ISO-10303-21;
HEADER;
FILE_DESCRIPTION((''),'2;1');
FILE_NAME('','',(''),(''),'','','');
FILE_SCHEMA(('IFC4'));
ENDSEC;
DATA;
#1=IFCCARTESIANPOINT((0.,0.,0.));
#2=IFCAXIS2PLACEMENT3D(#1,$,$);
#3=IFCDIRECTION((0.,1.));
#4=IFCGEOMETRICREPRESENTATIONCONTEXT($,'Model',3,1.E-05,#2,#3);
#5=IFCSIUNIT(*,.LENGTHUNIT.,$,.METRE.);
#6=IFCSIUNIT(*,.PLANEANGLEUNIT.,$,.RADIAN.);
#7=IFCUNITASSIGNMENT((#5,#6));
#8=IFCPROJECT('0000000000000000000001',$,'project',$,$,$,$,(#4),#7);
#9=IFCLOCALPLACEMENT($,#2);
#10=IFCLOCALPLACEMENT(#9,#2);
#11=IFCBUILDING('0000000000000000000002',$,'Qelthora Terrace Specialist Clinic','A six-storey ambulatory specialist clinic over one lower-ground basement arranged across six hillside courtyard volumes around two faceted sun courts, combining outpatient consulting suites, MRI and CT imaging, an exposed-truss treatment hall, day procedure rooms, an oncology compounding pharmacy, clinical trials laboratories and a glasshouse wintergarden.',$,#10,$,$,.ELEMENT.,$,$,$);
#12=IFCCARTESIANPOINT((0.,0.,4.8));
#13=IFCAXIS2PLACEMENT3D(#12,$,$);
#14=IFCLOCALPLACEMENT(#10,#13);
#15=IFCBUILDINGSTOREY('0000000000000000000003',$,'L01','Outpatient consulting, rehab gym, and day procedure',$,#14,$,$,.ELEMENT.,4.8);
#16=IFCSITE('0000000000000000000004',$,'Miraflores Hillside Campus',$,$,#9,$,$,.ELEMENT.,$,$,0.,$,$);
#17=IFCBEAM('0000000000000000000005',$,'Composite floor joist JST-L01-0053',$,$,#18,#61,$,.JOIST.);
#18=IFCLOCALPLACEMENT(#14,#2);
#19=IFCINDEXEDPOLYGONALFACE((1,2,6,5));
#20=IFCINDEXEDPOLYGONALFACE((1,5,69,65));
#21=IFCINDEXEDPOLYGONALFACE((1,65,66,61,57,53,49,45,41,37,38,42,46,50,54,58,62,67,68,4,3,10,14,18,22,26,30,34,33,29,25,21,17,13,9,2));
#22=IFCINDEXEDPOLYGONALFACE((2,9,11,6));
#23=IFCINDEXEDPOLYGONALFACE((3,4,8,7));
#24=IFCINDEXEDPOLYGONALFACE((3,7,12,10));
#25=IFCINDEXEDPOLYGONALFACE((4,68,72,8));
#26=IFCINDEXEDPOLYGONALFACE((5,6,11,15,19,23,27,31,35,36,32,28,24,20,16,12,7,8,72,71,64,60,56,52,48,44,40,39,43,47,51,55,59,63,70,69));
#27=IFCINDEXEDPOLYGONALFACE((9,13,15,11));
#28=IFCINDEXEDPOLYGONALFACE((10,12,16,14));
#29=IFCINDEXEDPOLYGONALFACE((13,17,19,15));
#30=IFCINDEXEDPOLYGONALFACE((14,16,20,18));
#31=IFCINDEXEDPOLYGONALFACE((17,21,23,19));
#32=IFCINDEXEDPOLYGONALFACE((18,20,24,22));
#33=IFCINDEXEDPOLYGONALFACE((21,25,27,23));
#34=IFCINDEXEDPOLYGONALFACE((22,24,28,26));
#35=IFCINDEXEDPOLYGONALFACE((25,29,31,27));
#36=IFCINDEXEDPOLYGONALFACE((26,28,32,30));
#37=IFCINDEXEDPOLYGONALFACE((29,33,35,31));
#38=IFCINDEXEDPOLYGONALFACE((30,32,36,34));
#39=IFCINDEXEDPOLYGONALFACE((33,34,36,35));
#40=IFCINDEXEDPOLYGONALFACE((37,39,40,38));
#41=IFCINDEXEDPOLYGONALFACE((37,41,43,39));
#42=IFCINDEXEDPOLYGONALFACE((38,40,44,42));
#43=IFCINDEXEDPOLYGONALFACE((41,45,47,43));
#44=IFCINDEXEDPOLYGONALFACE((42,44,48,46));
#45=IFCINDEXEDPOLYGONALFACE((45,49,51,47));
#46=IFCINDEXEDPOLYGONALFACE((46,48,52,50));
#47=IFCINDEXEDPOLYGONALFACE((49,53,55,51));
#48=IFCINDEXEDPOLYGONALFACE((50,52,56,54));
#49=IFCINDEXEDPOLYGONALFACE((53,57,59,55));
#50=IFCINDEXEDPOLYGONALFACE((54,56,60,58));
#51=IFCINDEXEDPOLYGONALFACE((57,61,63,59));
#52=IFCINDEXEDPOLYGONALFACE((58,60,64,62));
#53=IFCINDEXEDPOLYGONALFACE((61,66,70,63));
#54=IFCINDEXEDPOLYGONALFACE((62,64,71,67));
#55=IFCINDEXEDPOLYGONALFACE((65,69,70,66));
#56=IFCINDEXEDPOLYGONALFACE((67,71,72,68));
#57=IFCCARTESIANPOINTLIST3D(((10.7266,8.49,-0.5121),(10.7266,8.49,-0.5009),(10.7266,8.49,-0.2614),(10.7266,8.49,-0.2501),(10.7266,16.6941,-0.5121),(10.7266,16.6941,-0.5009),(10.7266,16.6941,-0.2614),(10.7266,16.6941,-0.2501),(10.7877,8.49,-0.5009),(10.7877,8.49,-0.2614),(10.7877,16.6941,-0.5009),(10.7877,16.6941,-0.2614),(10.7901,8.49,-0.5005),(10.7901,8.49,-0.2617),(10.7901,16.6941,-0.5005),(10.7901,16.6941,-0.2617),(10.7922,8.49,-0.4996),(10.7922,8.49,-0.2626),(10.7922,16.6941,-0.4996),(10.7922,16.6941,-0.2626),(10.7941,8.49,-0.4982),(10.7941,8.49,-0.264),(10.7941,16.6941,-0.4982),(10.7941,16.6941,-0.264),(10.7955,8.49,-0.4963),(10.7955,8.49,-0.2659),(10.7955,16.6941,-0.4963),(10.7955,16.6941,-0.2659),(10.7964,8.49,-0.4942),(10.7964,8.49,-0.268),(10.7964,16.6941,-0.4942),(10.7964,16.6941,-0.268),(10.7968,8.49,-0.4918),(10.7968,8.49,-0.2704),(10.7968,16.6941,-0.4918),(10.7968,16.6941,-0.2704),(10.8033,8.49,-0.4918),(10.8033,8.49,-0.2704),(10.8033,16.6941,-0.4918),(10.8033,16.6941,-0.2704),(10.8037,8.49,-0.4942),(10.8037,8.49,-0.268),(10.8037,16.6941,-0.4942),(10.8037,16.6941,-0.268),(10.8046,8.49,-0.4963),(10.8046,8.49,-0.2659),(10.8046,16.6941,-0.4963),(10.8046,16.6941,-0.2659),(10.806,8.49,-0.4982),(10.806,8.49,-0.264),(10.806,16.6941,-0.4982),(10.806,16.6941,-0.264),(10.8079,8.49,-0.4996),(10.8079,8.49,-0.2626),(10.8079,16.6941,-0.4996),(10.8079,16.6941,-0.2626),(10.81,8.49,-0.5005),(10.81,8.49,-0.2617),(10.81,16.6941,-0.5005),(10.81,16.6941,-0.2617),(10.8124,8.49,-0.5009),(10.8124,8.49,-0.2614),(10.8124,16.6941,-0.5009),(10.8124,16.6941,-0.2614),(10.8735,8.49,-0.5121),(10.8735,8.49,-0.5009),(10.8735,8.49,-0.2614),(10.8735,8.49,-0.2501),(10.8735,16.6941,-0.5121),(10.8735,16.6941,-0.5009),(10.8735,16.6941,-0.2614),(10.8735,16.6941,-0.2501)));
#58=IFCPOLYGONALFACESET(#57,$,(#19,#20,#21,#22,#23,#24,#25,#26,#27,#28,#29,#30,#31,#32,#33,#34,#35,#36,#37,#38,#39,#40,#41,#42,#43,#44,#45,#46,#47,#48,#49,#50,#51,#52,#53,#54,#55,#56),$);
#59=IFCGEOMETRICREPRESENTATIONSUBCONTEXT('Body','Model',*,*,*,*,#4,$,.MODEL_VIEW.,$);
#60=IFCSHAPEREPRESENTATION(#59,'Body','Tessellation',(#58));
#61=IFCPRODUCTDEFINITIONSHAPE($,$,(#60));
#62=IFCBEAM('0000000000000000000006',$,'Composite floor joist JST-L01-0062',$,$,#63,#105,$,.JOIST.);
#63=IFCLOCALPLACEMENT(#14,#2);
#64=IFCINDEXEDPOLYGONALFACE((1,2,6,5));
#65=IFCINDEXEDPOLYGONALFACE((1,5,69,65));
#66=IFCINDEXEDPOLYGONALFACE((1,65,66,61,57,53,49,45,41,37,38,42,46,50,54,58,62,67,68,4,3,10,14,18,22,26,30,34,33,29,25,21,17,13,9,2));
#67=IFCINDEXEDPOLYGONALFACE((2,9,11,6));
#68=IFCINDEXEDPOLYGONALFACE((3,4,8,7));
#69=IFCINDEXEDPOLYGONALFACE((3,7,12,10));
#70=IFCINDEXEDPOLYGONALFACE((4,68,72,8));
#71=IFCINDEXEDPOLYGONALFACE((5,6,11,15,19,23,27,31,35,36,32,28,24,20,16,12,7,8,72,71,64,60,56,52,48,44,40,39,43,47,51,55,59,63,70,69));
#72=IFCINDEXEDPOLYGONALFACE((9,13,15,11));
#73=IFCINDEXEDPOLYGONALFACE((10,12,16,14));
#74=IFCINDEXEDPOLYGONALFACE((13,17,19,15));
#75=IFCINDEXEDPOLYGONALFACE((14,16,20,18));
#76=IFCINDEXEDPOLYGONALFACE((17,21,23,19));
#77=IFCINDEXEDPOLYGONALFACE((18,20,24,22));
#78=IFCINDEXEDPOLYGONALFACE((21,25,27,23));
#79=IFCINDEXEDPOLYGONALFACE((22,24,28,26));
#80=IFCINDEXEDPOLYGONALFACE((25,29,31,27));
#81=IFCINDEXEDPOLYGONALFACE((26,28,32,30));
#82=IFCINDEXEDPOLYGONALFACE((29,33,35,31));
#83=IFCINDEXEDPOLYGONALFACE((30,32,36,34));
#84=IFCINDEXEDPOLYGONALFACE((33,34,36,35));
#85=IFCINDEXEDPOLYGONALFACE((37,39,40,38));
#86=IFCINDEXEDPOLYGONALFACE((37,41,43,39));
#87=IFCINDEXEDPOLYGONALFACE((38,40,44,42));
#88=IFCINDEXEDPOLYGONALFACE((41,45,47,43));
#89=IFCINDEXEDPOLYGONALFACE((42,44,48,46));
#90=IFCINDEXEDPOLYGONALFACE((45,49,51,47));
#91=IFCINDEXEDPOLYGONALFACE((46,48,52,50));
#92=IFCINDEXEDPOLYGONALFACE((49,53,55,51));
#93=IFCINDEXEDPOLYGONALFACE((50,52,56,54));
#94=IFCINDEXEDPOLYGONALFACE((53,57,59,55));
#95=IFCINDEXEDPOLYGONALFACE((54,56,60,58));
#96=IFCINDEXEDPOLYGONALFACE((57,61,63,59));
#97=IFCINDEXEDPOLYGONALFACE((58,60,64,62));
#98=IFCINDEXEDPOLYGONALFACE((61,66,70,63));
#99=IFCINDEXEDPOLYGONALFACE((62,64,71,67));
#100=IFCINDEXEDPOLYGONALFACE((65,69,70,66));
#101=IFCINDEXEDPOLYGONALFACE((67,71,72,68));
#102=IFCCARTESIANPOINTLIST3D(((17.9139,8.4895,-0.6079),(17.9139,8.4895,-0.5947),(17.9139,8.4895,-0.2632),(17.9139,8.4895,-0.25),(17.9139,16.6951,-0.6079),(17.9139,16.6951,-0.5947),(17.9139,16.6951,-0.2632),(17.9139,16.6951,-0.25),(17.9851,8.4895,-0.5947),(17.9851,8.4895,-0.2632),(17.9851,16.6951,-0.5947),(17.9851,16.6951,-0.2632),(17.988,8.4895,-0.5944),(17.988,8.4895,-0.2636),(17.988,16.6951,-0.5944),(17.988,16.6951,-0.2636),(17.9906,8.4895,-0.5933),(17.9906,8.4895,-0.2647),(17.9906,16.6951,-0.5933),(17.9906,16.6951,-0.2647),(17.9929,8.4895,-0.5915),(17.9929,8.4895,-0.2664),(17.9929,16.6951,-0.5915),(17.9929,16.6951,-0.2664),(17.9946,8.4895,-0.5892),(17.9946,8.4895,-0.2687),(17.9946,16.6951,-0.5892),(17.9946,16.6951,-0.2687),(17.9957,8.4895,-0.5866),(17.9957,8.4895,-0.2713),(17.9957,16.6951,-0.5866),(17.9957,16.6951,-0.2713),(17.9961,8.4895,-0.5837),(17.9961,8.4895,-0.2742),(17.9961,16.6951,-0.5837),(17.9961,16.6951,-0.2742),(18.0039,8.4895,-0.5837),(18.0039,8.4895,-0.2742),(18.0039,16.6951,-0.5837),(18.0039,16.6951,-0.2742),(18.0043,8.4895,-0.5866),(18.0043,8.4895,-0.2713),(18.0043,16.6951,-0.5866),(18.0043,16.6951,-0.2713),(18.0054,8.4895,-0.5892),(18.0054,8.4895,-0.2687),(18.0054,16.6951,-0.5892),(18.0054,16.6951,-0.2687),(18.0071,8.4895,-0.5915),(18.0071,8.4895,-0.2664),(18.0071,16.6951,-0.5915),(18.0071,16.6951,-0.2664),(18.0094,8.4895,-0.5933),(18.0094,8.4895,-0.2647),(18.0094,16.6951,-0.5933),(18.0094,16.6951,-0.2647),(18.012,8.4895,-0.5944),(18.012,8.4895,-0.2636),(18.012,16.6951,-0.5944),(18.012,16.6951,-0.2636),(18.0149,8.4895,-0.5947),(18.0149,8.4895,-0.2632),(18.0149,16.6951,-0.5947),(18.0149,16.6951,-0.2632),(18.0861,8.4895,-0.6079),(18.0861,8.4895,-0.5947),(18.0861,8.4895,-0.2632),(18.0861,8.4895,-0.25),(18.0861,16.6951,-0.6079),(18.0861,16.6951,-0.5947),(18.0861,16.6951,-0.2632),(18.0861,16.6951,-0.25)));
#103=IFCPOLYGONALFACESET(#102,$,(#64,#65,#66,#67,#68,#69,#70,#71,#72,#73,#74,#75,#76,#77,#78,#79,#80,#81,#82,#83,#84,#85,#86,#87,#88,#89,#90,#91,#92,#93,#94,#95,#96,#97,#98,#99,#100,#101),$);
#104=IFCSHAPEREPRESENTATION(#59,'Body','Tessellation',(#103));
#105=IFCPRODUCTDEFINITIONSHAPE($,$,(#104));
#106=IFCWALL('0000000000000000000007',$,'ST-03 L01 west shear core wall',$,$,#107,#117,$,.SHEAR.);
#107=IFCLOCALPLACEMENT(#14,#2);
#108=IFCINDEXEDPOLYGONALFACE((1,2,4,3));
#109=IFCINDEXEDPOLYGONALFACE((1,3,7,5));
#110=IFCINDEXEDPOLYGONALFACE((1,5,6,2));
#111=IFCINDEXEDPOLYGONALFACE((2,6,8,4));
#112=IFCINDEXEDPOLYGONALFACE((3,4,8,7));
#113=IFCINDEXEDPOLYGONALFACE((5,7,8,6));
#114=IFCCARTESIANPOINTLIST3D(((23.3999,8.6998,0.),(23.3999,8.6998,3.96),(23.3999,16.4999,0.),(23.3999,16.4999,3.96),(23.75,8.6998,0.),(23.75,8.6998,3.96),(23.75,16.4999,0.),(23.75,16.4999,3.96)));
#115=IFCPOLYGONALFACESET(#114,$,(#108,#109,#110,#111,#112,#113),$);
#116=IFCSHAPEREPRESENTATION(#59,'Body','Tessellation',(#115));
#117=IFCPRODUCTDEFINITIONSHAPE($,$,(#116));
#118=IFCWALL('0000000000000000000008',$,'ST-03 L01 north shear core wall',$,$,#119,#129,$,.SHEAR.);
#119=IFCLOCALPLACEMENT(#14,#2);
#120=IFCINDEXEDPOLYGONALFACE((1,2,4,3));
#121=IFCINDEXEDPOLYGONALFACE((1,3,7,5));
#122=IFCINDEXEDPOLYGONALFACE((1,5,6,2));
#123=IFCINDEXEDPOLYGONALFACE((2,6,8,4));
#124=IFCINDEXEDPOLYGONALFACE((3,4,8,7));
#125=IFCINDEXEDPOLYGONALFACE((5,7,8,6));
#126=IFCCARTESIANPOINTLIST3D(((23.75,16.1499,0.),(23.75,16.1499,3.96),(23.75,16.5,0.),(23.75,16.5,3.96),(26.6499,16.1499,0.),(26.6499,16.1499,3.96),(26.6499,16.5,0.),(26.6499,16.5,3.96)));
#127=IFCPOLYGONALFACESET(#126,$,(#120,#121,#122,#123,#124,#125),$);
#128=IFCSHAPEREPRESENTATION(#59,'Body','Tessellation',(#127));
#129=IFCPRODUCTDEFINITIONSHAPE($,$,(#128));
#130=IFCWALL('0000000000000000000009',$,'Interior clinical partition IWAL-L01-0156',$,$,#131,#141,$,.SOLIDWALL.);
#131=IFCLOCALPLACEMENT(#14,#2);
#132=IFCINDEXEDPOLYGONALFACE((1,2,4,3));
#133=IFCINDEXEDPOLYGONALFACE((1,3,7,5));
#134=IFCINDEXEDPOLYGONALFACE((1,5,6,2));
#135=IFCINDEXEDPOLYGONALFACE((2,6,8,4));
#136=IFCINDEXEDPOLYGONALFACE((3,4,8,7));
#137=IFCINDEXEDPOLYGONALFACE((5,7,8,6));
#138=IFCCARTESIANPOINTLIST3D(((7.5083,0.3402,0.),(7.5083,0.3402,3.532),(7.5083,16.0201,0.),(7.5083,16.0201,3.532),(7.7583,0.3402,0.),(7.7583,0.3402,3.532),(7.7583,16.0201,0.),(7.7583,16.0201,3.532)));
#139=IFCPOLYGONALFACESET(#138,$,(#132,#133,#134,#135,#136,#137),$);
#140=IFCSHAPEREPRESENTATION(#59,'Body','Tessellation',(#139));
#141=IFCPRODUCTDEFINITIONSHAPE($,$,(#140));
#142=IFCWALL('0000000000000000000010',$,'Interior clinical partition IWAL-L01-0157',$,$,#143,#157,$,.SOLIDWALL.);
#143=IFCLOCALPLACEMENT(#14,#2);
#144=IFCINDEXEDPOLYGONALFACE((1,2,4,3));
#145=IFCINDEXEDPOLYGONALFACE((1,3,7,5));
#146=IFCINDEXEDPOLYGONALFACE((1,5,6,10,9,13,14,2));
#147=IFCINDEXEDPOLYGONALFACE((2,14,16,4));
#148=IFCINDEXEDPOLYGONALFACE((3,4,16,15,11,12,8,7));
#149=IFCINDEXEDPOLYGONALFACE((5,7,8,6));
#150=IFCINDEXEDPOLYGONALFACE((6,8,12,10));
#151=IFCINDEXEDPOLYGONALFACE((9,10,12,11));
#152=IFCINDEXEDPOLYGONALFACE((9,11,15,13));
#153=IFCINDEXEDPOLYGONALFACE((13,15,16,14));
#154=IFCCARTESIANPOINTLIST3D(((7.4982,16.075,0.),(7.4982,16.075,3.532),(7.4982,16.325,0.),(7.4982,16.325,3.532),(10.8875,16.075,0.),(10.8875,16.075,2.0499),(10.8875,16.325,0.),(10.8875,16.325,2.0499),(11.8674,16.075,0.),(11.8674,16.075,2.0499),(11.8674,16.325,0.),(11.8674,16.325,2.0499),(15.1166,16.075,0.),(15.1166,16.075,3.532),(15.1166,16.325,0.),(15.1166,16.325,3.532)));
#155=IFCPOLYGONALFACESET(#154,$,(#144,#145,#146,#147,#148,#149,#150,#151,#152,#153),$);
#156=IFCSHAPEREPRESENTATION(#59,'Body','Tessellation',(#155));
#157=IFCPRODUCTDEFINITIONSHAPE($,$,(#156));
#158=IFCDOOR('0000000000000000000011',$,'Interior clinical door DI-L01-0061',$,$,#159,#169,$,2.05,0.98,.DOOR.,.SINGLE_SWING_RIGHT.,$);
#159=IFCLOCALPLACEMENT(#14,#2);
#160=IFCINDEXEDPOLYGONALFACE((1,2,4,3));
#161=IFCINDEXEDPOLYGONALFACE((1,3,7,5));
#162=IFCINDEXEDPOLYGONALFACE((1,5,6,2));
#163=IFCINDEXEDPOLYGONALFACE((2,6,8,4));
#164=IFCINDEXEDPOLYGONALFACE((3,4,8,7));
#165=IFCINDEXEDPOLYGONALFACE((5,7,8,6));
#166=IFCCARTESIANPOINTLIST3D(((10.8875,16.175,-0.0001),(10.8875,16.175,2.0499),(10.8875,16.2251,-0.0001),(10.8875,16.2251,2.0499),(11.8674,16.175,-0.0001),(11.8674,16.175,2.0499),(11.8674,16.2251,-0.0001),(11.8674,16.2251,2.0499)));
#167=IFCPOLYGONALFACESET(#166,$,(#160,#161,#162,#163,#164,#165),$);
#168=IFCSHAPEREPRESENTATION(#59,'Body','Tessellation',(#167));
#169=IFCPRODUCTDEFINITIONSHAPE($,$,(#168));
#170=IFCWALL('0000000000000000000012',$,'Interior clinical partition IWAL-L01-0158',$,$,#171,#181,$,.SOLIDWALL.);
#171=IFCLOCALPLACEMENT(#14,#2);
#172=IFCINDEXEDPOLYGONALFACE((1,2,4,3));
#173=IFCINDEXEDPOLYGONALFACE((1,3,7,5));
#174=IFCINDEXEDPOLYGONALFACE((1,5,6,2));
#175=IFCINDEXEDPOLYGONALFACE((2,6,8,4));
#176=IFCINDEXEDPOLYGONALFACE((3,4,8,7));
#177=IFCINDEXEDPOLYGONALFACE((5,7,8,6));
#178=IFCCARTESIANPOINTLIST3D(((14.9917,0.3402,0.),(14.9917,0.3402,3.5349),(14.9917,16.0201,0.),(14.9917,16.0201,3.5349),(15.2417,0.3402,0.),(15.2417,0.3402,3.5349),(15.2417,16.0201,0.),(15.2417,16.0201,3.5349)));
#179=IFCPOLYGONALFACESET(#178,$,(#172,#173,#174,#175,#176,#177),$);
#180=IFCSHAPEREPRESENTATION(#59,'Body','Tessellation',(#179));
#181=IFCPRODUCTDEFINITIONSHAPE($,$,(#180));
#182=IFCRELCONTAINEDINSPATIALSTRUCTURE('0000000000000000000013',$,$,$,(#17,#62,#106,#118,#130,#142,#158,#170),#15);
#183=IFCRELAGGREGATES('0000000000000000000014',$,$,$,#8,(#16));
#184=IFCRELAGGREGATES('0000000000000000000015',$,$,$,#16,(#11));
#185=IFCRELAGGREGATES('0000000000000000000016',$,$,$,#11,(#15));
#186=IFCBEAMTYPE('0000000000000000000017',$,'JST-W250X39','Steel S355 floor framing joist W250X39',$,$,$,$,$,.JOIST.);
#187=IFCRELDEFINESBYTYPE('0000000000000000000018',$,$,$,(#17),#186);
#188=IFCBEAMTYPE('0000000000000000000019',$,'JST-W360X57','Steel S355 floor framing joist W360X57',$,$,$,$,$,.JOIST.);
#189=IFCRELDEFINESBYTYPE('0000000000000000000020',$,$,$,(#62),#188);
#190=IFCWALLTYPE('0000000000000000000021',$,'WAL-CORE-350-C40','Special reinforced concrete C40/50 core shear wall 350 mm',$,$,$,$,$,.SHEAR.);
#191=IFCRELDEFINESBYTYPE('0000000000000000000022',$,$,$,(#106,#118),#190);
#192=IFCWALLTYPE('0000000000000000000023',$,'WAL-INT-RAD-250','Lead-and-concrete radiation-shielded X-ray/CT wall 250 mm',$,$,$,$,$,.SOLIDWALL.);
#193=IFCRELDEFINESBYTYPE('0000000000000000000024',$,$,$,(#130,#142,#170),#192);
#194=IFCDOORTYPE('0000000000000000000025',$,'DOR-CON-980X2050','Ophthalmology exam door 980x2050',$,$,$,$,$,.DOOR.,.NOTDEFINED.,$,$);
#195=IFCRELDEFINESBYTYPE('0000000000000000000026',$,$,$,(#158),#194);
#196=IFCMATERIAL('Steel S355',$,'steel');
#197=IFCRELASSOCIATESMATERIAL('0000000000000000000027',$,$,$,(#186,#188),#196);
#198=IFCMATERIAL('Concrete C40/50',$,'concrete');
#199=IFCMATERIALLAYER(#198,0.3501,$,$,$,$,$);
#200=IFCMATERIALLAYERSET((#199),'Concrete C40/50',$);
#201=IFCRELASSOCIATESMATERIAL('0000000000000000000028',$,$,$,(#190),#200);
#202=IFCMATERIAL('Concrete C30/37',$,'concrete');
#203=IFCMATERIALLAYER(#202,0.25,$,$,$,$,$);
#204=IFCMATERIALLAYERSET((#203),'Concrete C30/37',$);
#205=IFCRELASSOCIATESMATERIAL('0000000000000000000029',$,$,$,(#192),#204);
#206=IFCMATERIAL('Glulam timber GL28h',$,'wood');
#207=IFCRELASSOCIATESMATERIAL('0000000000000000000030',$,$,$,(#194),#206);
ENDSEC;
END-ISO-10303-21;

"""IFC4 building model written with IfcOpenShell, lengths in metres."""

from ifc_helpers import new_model, si_unit, direction, frame, frame_2d, origin, origin_2d, place, context, subcontext, project, spatial, rectangle, i_section, extrude, material, layer, layer_set, material_profile, profile_set, type_object, element, fill, save


model = new_model("IFC4")

# Units and contexts
model_context = context("Model", 3, precision=1e-05, world=origin(), true_north=direction((0.0, 1.0)))
body_context = subcontext(model_context, "Body", "Model", "MODEL_VIEW")
ifc_project = project(units=[si_unit("LENGTHUNIT", "METRE"), si_unit("PLANEANGLEUNIT", "RADIAN")], contexts=[model_context])

# Site, building, storey
site_placement = place(None, origin())
site = spatial("IfcSite", under=ifc_project, at=site_placement, Name="Miraflores Hillside Campus", CompositionType="ELEMENT", RefElevation=0.0)
building_placement = place(site_placement, origin())
building = spatial("IfcBuilding", under=site, at=building_placement, Name="Qelthora Terrace Specialist Clinic", Description="A six-storey ambulatory specialist clinic over one lower-ground basement arranged across six hillside courtyard volumes around two faceted sun courts, combining outpatient consulting suites, MRI and CT imaging, an exposed-truss treatment hall, day procedure rooms, an oncology compounding pharmacy, clinical trials laboratories and a glasshouse wintergarden.", CompositionType="ELEMENT")
storey_placement = place(building_placement, frame((0.0, 0.0, 4.8)))
storey = spatial("IfcBuildingStorey", under=building, at=storey_placement, Name="L01", Description="Outpatient consulting, rehab gym, and day procedure", CompositionType="ELEMENT", Elevation=4.8)

# Shared definitions
ifc_material_1 = material(Name="Steel S355", Category="steel")

# Beams
ifc_material_profile_1 = material_profile(ifc_material_1, i_section(OverallWidth=0.147, OverallDepth=0.262, WebThickness=0.0066, FlangeThickness=0.0112, FilletRadius=0.009, at=origin_2d()), Name="W250X39")
ifc_profile_set_1 = profile_set([ifc_material_profile_1], Name="Steel S355")
beam_type_1 = type_object("IfcBeamType", Name="JST-W250X39", Description="Steel S355 floor framing joist W250X39", PredefinedType="JOIST", material=ifc_profile_set_1)
beam_1_placement = place(storey_placement, frame((10.8, 8.49, -0.3811), z_axis=(0.0, 1.0, 0.0), x_axis=(-1.0, 0.0, 0.0)))
element("IfcBeam", 1, at=beam_1_placement, inside=storey, type_object=beam_type_1, Name="Composite floor joist JST-L01-0053", PredefinedType="JOIST", context=body_context, shape_type="SweptSolid", body=[
    extrude(i_section(OverallWidth=0.147, OverallDepth=0.262, WebThickness=0.0066, FlangeThickness=0.0112, FilletRadius=0.009, at=origin_2d()), origin(), (0.0, 0.0, 1.0), 8.2041),
])
ifc_material_profile_2 = material_profile(ifc_material_1, i_section(OverallWidth=0.1721, OverallDepth=0.3579, WebThickness=0.0078, FlangeThickness=0.0132, FilletRadius=0.011, at=origin_2d()), Name="W360X57")
ifc_profile_set_2 = profile_set([ifc_material_profile_2], Name="Steel S355")
beam_type_2 = type_object("IfcBeamType", Name="JST-W360X57", Description="Steel S355 floor framing joist W360X57", PredefinedType="JOIST", material=ifc_profile_set_2)
beam_2_placement = place(storey_placement, frame((18.0, 8.4895, -0.429), z_axis=(0.0, 1.0, 0.0), x_axis=(-1.0, 0.0, 0.0)))
element("IfcBeam", 2, at=beam_2_placement, inside=storey, type_object=beam_type_2, Name="Composite floor joist JST-L01-0062", PredefinedType="JOIST", context=body_context, shape_type="SweptSolid", body=[
    extrude(i_section(OverallWidth=0.1721, OverallDepth=0.3579, WebThickness=0.0078, FlangeThickness=0.0132, FilletRadius=0.011, at=origin_2d()), origin(), (0.0, 0.0, 1.0), 8.2056),
])

# Walls
ifc_material_2 = material(Name="Concrete C40/50", Category="concrete")
ifc_layer_1 = layer(ifc_material_2, 0.3501)
ifc_layer_set_1 = layer_set([ifc_layer_1], Name="Concrete C40/50")
wall_type_1 = type_object("IfcWallType", Name="WAL-CORE-350-C40", Description="Special reinforced concrete C40/50 core shear wall 350 mm", PredefinedType="SHEAR", material=ifc_layer_set_1)
wall_1_placement = place(storey_placement, frame((23.575, 8.7, 0.0), z_axis=(0.0, 0.0, 1.0), x_axis=(0.0, 1.0, 0.0)))
element("IfcWall", 3, at=wall_1_placement, inside=storey, type_object=wall_type_1, Name="ST-03 L01 west shear core wall", PredefinedType="SHEAR", context=body_context, shape_type="SweptSolid", body=[
    extrude(rectangle(XDim=7.8, YDim=0.3501, at=frame_2d((3.8999, 0.0))), origin(), (0.0, 0.0, 1.0), 3.96),
])
wall_2_placement = place(storey_placement, frame((23.75, 16.325, 0.0), z_axis=(0.0, 0.0, 1.0), x_axis=(1.0, 0.0, 0.0)))
element("IfcWall", 4, at=wall_2_placement, inside=storey, type_object=wall_type_1, Name="ST-03 L01 north shear core wall", PredefinedType="SHEAR", context=body_context, shape_type="SweptSolid", body=[
    extrude(rectangle(XDim=2.8999, YDim=0.3501, at=frame_2d((1.45, 0.0))), origin(), (0.0, 0.0, 1.0), 3.96),
])

# Wall
ifc_material_3 = material(Name="Concrete C30/37", Category="concrete")
ifc_layer_2 = layer(ifc_material_3, 0.25)
ifc_layer_set_2 = layer_set([ifc_layer_2], Name="Concrete C30/37")
wall_type_2 = type_object("IfcWallType", Name="WAL-INT-RAD-250", Description="Lead-and-concrete radiation-shielded X-ray/CT wall 250 mm", PredefinedType="SOLIDWALL", material=ifc_layer_set_2)
wall_3_placement = place(storey_placement, frame((7.6333, 16.02, 0.0), z_axis=(0.0, 0.0, 1.0), x_axis=(0.0, -1.0, 0.0)))
element("IfcWall", 5, at=wall_3_placement, inside=storey, type_object=wall_type_2, Name="Interior clinical partition IWAL-L01-0156", PredefinedType="SOLIDWALL", context=body_context, shape_type="SweptSolid", body=[
    extrude(rectangle(XDim=15.6799, YDim=0.25, at=frame_2d((7.8398, 0.0))), origin(), (0.0, 0.0, 1.0), 3.532),
])

# Wall, opening, door
wall_4_placement = place(storey_placement, frame((7.4983, 16.2, 0.0), z_axis=(0.0, 0.0, 1.0), x_axis=(1.0, 0.0, 0.0)))
wall_4 = element("IfcWall", 6, at=wall_4_placement, inside=storey, type_object=wall_type_2, Name="Interior clinical partition IWAL-L01-0157", PredefinedType="SOLIDWALL", context=body_context, shape_type="SweptSolid", body=[
    extrude(rectangle(XDim=7.6184, YDim=0.25, at=frame_2d((3.8091, 0.0))), origin(), (0.0, 0.0, 1.0), 3.532),
])
opening_1_placement = place(wall_4_placement, frame((3.3892, 0.0, 0.0)))
opening_1 = element("IfcOpeningElement", 7, at=opening_1_placement, cuts=wall_4, PredefinedType="OPENING", context=body_context, shape_type="SweptSolid", body=[
    extrude(rectangle(XDim=0.98, YDim=2.05, at=frame_2d((0.49, 1.0249))), frame((0.0, 0.135, 0.0), z_axis=(0.0, -1.0, 0.0), x_axis=(1.0, 0.0, 0.0)), (0.0, 0.0, 1.0), 0.27),
])
ifc_material_4 = material(Name="Glulam timber GL28h", Category="wood")
door_type_1 = type_object("IfcDoorType", Name="DOR-CON-980X2050", Description="Ophthalmology exam door 980x2050", OperationType="NOTDEFINED", PredefinedType="DOOR", material=ifc_material_4)
door_1_placement = place(opening_1_placement, frame((0.98, 0.0, 0.0), z_axis=(0.0, 0.0, 1.0), x_axis=(-1.0, 0.0, 0.0)))
door_1 = element("IfcDoor", 8, at=door_1_placement, inside=storey, type_object=door_type_1, Name="Interior clinical door DI-L01-0061", OperationType="SINGLE_SWING_RIGHT", OverallHeight=2.05, OverallWidth=0.98, PredefinedType="DOOR", context=body_context, shape_type="SweptSolid", body=[
    extrude(rectangle(XDim=0.98, YDim=2.05, at=frame_2d((0.49, 1.0249))), frame((0.0, 0.0249, 0.0), z_axis=(0.0, -1.0, 0.0), x_axis=(1.0, 0.0, 0.0)), (0.0, 0.0, 1.0), 0.05),
])
fill(opening_1, door_1)

# Wall
wall_5_placement = place(storey_placement, frame((15.1167, 16.02, 0.0), z_axis=(0.0, 0.0, 1.0), x_axis=(0.0, -1.0, 0.0)))
element("IfcWall", 9, at=wall_5_placement, inside=storey, type_object=wall_type_2, Name="Interior clinical partition IWAL-L01-0158", PredefinedType="SOLIDWALL", context=body_context, shape_type="SweptSolid", body=[
    extrude(rectangle(XDim=15.6799, YDim=0.25, at=frame_2d((7.8398, 0.0))), origin(), (0.0, 0.0, 1.0), 3.5349),
])

save(model, "model.ifc")
